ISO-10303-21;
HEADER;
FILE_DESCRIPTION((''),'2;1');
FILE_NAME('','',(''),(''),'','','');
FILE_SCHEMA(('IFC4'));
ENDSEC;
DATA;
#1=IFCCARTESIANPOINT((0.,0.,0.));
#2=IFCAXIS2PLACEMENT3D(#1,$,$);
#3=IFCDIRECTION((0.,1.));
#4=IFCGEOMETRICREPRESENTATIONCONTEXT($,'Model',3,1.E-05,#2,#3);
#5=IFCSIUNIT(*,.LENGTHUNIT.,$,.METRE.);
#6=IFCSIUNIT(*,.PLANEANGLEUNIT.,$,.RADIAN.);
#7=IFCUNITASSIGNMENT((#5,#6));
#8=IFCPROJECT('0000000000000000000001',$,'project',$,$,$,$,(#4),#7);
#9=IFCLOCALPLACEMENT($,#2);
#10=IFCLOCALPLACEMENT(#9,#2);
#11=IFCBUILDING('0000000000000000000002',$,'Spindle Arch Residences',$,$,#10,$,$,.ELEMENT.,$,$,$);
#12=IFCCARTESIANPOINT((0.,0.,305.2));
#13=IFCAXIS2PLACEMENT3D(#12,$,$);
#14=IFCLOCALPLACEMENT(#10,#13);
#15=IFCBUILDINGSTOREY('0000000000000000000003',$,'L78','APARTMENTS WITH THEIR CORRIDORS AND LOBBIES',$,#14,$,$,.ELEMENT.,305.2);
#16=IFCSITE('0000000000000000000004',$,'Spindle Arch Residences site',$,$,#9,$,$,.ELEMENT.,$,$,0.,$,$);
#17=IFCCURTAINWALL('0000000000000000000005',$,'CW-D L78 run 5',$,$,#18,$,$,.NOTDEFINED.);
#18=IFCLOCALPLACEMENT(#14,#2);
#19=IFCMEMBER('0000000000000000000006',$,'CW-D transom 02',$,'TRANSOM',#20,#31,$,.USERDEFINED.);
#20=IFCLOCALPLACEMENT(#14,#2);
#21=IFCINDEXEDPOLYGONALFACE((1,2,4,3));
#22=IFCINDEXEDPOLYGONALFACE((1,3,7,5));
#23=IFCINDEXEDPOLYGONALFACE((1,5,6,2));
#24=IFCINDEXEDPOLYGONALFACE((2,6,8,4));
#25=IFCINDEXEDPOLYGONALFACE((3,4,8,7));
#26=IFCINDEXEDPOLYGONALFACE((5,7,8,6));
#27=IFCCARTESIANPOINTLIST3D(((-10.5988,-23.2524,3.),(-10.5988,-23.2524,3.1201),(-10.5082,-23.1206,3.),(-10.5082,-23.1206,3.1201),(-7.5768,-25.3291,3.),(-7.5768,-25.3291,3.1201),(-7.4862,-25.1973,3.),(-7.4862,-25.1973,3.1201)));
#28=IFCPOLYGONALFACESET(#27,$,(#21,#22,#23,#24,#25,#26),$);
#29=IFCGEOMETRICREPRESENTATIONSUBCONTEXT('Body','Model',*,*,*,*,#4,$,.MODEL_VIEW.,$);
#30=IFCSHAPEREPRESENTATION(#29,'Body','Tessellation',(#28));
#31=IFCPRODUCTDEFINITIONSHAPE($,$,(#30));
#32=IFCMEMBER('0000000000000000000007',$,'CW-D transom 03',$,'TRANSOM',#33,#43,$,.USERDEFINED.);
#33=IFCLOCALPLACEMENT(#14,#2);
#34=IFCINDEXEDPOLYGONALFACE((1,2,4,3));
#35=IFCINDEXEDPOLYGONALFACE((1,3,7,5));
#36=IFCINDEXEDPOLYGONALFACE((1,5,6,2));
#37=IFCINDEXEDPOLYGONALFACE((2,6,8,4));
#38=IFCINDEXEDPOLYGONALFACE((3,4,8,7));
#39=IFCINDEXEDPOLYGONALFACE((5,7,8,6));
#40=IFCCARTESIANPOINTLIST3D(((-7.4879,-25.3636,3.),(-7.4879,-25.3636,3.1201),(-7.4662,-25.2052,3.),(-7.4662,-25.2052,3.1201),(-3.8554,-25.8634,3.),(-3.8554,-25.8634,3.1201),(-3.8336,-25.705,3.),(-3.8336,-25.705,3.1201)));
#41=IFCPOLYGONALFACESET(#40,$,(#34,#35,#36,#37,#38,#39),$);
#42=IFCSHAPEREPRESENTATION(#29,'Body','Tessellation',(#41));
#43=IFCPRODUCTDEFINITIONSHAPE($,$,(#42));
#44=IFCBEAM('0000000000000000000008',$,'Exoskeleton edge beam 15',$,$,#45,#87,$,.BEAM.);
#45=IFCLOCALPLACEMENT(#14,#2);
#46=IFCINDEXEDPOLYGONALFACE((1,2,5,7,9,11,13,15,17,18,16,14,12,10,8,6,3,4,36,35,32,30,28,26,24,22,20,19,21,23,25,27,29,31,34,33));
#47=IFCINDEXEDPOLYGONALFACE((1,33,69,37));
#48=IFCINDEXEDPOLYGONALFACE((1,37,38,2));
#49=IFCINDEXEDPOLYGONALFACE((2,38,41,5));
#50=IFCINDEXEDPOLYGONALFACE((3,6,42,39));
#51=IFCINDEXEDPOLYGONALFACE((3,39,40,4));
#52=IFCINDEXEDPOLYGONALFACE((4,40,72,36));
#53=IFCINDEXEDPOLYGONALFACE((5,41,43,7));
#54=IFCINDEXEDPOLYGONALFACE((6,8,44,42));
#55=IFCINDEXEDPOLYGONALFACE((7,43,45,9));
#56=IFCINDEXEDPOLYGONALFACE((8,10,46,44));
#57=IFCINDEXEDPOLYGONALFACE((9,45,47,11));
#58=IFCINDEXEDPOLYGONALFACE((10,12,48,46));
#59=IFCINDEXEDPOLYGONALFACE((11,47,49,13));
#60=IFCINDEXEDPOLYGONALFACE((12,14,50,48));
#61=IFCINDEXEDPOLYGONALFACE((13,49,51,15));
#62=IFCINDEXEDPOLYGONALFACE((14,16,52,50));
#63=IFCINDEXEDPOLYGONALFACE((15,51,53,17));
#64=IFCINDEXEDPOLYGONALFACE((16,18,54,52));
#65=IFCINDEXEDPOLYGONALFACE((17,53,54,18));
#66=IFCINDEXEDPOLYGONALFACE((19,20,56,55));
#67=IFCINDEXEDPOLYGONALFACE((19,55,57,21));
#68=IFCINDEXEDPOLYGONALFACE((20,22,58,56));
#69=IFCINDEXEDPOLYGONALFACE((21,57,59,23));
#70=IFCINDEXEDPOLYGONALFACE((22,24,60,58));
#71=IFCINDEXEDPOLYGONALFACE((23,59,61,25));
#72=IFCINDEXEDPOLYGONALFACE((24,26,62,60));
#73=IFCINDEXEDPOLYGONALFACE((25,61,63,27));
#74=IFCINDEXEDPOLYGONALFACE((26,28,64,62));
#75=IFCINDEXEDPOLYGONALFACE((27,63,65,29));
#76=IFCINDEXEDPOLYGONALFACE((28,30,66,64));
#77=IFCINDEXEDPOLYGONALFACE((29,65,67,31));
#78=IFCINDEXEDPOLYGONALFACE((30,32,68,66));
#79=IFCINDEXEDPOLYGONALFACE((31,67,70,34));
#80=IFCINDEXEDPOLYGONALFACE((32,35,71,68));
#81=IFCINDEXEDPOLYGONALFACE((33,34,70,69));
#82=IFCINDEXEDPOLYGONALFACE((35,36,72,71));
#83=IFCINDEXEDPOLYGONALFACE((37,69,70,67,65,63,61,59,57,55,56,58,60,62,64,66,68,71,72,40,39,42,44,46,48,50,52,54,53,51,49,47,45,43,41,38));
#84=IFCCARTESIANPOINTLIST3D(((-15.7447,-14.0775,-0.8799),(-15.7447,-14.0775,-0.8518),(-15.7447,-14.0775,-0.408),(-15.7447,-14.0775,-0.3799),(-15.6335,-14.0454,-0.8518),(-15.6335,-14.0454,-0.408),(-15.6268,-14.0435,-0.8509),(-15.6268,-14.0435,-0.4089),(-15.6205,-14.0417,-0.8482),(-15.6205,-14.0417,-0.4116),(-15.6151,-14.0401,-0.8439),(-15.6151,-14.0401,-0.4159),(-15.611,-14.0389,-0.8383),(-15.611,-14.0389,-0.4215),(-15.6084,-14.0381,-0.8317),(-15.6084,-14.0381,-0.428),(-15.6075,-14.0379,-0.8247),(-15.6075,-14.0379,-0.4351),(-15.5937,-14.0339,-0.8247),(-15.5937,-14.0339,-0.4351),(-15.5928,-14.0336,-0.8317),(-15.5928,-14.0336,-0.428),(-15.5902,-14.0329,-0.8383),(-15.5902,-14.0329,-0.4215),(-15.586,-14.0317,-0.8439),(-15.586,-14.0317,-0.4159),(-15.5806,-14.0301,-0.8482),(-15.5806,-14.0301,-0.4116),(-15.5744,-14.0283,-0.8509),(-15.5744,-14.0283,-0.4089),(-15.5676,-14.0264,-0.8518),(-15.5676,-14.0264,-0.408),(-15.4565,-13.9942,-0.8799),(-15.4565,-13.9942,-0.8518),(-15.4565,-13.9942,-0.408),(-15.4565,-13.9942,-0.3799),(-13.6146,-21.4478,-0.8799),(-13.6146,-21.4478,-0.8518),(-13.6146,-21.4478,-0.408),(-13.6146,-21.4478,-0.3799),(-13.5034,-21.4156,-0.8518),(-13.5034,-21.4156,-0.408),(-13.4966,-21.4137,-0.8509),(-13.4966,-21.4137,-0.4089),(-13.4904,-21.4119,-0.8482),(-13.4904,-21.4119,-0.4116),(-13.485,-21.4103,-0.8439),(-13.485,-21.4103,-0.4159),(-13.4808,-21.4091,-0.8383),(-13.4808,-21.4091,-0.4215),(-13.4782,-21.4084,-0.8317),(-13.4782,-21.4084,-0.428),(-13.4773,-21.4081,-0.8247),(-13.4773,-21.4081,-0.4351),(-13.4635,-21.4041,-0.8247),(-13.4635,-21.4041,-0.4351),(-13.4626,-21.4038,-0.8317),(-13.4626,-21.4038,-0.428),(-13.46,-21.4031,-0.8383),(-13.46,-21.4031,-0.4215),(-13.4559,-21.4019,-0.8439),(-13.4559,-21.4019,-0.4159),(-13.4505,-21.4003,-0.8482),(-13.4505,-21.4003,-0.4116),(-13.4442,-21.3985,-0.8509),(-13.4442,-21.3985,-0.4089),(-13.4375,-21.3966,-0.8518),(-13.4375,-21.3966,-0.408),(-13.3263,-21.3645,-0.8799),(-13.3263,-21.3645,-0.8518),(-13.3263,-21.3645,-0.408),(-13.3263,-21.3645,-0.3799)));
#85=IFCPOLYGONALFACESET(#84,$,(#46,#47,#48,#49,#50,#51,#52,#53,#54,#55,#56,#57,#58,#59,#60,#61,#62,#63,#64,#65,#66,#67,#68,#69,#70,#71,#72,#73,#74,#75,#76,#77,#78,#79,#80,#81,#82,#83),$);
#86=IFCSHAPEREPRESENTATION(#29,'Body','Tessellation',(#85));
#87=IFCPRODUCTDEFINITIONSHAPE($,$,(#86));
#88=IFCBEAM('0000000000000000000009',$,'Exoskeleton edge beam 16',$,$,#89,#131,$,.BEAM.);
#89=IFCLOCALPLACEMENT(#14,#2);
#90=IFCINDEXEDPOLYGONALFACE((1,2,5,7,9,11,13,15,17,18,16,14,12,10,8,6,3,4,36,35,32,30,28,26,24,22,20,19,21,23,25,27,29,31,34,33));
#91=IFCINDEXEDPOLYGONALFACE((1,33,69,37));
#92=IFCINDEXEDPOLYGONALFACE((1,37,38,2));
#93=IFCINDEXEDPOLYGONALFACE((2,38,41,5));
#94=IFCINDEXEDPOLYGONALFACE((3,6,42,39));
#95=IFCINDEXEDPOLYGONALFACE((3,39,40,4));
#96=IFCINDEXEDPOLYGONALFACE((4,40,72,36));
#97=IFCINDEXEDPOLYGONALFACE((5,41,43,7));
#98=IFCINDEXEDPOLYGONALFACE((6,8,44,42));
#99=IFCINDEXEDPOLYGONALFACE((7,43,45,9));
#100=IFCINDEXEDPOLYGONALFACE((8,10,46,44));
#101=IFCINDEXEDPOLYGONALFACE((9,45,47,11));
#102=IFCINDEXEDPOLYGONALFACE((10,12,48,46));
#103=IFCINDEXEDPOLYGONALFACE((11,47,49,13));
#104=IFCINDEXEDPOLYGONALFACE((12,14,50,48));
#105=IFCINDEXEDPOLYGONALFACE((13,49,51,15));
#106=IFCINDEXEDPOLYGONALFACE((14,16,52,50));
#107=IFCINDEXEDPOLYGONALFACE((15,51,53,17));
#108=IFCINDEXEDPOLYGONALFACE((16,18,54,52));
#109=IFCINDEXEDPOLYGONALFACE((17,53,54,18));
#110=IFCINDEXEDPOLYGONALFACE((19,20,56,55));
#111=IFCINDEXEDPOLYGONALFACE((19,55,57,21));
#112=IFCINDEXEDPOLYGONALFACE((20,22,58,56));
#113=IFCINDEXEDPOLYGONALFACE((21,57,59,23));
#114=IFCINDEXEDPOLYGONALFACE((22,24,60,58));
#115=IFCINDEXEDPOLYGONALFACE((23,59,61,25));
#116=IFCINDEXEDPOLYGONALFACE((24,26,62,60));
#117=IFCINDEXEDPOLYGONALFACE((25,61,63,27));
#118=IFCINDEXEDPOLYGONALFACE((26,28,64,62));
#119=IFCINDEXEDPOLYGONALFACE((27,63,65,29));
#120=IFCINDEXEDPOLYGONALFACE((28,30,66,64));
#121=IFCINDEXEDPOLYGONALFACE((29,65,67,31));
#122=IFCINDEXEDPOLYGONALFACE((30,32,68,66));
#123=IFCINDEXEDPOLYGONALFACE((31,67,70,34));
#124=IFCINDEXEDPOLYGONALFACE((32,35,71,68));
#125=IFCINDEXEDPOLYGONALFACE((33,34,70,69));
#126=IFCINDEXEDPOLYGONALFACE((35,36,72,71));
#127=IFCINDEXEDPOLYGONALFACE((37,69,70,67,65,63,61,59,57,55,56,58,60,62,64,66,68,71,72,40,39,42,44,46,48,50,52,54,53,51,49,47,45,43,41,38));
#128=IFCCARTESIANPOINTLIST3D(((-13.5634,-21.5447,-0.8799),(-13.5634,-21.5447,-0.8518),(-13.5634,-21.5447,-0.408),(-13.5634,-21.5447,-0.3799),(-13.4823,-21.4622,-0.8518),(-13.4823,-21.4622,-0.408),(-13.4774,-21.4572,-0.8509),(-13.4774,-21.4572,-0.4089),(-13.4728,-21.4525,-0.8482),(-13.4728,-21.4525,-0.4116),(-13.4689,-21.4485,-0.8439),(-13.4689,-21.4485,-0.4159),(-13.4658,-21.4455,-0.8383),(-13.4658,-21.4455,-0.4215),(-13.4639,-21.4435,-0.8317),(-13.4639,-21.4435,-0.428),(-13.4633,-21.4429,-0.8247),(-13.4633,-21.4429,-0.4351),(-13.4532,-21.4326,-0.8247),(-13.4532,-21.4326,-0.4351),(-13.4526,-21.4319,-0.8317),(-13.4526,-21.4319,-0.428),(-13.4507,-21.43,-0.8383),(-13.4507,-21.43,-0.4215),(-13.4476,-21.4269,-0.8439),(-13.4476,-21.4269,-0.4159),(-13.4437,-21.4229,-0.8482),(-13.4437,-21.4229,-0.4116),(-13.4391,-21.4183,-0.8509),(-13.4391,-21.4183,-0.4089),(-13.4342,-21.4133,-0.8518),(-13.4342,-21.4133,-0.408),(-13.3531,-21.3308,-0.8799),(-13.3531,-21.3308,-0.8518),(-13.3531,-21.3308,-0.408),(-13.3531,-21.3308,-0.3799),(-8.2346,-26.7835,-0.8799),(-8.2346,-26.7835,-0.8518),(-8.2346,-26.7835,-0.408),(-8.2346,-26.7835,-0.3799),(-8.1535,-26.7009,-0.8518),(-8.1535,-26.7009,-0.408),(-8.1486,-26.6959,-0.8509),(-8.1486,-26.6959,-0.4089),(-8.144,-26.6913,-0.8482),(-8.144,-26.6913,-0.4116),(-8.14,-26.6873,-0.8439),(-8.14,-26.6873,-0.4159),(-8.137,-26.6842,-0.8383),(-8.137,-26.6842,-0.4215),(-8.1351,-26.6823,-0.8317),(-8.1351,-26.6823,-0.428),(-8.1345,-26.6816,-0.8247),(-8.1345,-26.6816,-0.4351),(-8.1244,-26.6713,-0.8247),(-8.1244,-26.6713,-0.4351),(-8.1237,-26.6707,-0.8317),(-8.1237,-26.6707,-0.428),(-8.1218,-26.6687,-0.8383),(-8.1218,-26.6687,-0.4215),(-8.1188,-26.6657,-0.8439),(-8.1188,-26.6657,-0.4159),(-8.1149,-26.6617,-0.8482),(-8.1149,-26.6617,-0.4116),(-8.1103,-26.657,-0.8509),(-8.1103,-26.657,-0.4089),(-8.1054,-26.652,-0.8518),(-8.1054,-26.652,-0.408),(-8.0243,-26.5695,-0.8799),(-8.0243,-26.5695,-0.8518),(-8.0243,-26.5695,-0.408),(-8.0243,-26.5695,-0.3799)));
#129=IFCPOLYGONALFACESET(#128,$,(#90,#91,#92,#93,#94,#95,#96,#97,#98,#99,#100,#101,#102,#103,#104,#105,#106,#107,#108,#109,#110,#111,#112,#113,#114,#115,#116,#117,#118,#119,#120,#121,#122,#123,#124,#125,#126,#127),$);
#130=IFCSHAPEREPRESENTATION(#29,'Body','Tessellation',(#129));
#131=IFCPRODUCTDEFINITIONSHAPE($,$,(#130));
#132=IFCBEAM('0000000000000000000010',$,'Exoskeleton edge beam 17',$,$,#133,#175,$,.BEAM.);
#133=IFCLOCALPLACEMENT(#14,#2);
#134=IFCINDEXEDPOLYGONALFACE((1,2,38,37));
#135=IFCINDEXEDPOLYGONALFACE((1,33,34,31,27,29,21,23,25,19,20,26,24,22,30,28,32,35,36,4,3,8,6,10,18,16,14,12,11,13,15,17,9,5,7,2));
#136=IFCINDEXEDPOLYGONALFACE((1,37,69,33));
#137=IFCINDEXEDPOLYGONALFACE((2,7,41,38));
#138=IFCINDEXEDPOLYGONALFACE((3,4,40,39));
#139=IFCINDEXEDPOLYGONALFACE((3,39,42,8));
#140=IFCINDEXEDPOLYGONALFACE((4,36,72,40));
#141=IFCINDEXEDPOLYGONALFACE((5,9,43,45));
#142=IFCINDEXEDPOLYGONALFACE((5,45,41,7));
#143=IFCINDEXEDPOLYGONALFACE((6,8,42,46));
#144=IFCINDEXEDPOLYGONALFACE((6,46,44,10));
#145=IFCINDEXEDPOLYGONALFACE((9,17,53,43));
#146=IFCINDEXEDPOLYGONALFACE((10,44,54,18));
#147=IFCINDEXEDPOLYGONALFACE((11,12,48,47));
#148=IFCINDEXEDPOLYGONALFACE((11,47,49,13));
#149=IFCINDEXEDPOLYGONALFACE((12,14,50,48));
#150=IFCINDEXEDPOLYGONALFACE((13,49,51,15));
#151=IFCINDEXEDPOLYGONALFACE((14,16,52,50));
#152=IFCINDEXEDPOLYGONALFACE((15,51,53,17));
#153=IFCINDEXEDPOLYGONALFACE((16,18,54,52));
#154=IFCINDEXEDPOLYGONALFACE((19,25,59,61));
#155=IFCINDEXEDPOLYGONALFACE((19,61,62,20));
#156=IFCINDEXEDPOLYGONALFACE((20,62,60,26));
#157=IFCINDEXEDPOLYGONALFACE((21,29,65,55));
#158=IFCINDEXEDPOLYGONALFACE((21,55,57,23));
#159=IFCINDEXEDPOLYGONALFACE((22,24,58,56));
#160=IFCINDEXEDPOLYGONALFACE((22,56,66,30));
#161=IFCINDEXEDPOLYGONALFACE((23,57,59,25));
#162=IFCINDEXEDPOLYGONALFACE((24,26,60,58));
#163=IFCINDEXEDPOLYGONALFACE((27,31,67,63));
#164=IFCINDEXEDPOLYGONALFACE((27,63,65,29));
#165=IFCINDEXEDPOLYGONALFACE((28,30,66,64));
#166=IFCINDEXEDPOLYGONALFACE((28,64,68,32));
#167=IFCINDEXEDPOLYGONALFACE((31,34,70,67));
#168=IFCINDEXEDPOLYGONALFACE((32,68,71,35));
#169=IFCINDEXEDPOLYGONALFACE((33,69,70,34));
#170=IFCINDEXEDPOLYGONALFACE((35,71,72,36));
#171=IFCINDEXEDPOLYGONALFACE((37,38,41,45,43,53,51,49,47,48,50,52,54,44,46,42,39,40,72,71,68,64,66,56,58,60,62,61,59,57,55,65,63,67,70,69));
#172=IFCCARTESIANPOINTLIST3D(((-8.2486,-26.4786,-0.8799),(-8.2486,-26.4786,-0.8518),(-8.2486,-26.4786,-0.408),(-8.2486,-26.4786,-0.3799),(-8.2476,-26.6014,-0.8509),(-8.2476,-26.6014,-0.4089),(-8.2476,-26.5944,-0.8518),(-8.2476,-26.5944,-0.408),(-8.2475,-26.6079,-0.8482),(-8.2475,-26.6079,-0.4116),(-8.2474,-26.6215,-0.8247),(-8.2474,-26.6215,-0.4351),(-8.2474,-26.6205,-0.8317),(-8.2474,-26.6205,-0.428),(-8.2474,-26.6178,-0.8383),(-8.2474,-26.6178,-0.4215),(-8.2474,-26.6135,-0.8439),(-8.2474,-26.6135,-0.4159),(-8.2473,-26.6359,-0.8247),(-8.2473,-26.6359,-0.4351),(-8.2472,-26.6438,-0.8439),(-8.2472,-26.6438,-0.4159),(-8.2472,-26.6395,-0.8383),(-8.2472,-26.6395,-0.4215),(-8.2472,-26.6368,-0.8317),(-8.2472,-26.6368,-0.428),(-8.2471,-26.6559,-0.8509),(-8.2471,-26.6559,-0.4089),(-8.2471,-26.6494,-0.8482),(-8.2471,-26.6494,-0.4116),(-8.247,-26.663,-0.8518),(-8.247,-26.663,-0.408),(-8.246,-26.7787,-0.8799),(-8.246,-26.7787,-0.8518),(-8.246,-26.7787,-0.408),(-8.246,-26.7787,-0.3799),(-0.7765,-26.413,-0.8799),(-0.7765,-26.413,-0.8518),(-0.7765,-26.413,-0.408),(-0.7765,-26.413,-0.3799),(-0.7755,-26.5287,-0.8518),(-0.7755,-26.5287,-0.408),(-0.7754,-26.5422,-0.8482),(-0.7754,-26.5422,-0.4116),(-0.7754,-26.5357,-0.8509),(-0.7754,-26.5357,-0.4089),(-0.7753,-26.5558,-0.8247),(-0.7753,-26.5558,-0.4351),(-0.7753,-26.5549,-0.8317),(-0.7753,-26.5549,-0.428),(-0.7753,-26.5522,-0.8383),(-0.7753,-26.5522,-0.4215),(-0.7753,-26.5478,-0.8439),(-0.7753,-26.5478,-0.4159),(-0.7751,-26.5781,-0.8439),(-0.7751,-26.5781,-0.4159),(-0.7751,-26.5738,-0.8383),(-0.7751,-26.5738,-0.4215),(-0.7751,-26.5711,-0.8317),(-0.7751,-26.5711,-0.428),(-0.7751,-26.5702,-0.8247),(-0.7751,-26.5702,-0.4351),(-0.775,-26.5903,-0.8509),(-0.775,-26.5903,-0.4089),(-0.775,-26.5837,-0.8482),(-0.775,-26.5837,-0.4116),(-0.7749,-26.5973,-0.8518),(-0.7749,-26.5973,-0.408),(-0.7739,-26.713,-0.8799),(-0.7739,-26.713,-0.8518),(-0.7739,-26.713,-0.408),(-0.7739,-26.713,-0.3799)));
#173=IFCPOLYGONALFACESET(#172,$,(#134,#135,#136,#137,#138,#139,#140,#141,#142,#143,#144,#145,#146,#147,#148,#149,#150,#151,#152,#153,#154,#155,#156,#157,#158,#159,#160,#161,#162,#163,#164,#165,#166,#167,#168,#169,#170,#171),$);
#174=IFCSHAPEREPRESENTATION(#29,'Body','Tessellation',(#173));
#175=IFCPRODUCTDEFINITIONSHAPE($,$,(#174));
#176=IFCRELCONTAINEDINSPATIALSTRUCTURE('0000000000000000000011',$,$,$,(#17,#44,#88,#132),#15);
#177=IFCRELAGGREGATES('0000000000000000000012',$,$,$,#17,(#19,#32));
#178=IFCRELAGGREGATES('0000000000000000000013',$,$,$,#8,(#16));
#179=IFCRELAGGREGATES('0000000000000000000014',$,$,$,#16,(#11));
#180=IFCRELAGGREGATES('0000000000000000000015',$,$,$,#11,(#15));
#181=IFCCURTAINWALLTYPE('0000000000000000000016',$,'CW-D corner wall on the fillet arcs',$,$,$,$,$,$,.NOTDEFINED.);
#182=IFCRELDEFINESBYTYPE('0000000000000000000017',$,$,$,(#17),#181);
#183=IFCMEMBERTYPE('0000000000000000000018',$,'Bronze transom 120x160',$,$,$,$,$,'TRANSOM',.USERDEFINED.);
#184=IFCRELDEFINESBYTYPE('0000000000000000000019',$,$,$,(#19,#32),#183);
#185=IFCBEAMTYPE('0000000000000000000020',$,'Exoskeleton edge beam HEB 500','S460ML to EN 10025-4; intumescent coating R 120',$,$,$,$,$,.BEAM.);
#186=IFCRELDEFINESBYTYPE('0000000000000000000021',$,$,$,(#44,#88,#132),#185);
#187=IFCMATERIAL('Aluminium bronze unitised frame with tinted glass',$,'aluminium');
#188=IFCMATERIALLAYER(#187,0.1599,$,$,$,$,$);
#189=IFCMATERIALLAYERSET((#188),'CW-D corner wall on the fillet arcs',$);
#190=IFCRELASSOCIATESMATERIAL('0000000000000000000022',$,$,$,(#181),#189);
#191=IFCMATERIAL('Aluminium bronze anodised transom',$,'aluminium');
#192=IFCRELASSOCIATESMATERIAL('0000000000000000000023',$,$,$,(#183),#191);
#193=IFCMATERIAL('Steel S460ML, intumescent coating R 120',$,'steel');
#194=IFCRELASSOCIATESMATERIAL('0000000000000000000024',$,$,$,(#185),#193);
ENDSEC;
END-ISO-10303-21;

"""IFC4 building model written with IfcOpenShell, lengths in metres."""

from ifc_helpers import new_model, si_unit, direction, frame, origin, origin_2d, place, context, subcontext, project, spatial, rectangle, i_section, extrude, material, layer, layer_set, material_profile, profile_set, type_object, element, aggregate, save


model = new_model("IFC4")

# Units and contexts
model_context = context("Model", 3, precision=1e-05, world=origin(), true_north=direction((0.0, 1.0)))
body_context = subcontext(model_context, "Body", "Model", "MODEL_VIEW")
ifc_project = project(units=[si_unit("LENGTHUNIT", "METRE"), si_unit("PLANEANGLEUNIT", "RADIAN")], contexts=[model_context])

# Site, building, storey
site_placement = place(None, origin())
site = spatial("IfcSite", under=ifc_project, at=site_placement, Name="Spindle Arch Residences site", CompositionType="ELEMENT", RefElevation=0.0)
building_placement = place(site_placement, origin())
building = spatial("IfcBuilding", under=site, at=building_placement, Name="Spindle Arch Residences", CompositionType="ELEMENT")
storey_placement = place(building_placement, frame((0.0, 0.0, 305.2)))
storey = spatial("IfcBuildingStorey", under=building, at=storey_placement, Name="L78", Description="APARTMENTS WITH THEIR CORRIDORS AND LOBBIES", CompositionType="ELEMENT", Elevation=305.2)

# Curtain wall, members
ifc_material_1 = material(Name="Aluminium bronze unitised frame with tinted glass", Category="aluminium")
ifc_layer_1 = layer(ifc_material_1, 0.1599)
ifc_layer_set_1 = layer_set([ifc_layer_1], Name="CW-D corner wall on the fillet arcs")
curtain_wall_type = type_object("IfcCurtainWallType", Name="CW-D corner wall on the fillet arcs", PredefinedType="NOTDEFINED", material=ifc_layer_set_1)
curtain_wall_placement = place(storey_placement, origin())
curtain_wall = element("IfcCurtainWall", 1, at=curtain_wall_placement, inside=storey, type_object=curtain_wall_type, Name="CW-D L78 run 5", PredefinedType="NOTDEFINED")
ifc_material_2 = material(Name="Aluminium bronze anodised transom", Category="aluminium")
ifc_material_profile_1 = material_profile(ifc_material_2, rectangle(XDim=0.1599, YDim=0.1201, at=origin_2d()), Name="TR 120x160")
ifc_profile_set_1 = profile_set([ifc_material_profile_1], Name="Aluminium bronze anodised transom")
member_type_1 = type_object("IfcMemberType", Name="Bronze transom 120x160", ElementType="TRANSOM", PredefinedType="USERDEFINED", material=ifc_profile_set_1)
member_1_placement = place(storey_placement, frame((-10.5535, -23.1865, 3.0601), z_axis=(0.824162, -0.566354, 0.0), x_axis=(0.566354, 0.824162, 0.0)))
member_1 = element("IfcMember", 2, at=member_1_placement, type_object=member_type_1, Name="CW-D transom 02", ObjectType="TRANSOM", PredefinedType="USERDEFINED", context=body_context, shape_type="SweptSolid", body=[
    extrude(rectangle(XDim=0.1599, YDim=0.1201, at=origin_2d()), origin(), (0.0, 0.0, 1.0), 3.6667),
])
member_2_placement = place(storey_placement, frame((-7.4771, -25.2844, 3.0601), z_axis=(0.990669, -0.136293, 0.0), x_axis=(0.136293, 0.990669, 0.0)))
member_2 = element("IfcMember", 3, at=member_2_placement, type_object=member_type_1, Name="CW-D transom 03", ObjectType="TRANSOM", PredefinedType="USERDEFINED", context=body_context, shape_type="SweptSolid", body=[
    extrude(rectangle(XDim=0.1599, YDim=0.1201, at=origin_2d()), origin(), (0.0, 0.0, 1.0), 3.6667),
])

# Beams
ifc_material_3 = material(Name="Steel S460ML, intumescent coating R 120", Category="steel")
ifc_material_profile_2 = material_profile(ifc_material_3, i_section(OverallWidth=0.3, OverallDepth=0.5, WebThickness=0.0144, FlangeThickness=0.0281, FilletRadius=0.0271, at=origin_2d()), Name="HEB 500")
ifc_profile_set_2 = profile_set([ifc_material_profile_2], Name="Steel S460ML, intumescent coating R 120")
beam_type_1 = type_object("IfcBeamType", Name="Exoskeleton edge beam HEB 500", Description="S460ML to EN 10025-4; intumescent coating R 120", PredefinedType="BEAM", material=ifc_profile_set_2)
beam_1_placement = place(storey_placement, frame((-15.6006, -14.0359, -0.6299), z_axis=(0.277658, -0.96068, 0.0), x_axis=(0.96068, 0.277658, 0.0)))
element("IfcBeam", 4, at=beam_1_placement, inside=storey, type_object=beam_type_1, Name="Exoskeleton edge beam 15", PredefinedType="BEAM", context=body_context, shape_type="SweptSolid", body=[
    extrude(i_section(OverallWidth=0.3, OverallDepth=0.5, WebThickness=0.0144, FlangeThickness=0.0281, FilletRadius=0.0271, at=origin_2d()), origin(), (0.0, 0.0, 1.0), 7.6719),
])
beam_2_placement = place(storey_placement, frame((-13.4583, -21.4377, -0.6299), z_axis=(0.713109, -0.701053, 0.0), x_axis=(0.701053, 0.713109, 0.0)))
element("IfcBeam", 5, at=beam_2_placement, inside=storey, type_object=beam_type_1, Name="Exoskeleton edge beam 16", PredefinedType="BEAM", context=body_context, shape_type="SweptSolid", body=[
    extrude(i_section(OverallWidth=0.3, OverallDepth=0.5, WebThickness=0.0144, FlangeThickness=0.0281, FilletRadius=0.0271, at=origin_2d()), origin(), (0.0, 0.0, 1.0), 7.4727),
])
beam_3_placement = place(storey_placement, frame((-8.2473, -26.6287, -0.6299), z_axis=(0.999961, 0.008789, 0.0), x_axis=(-0.008789, 0.999961, 0.0)))
element("IfcBeam", 6, at=beam_3_placement, inside=storey, type_object=beam_type_1, Name="Exoskeleton edge beam 17", PredefinedType="BEAM", context=body_context, shape_type="SweptSolid", body=[
    extrude(i_section(OverallWidth=0.3, OverallDepth=0.5, WebThickness=0.0144, FlangeThickness=0.0281, FilletRadius=0.0271, at=origin_2d()), origin(), (0.0, 0.0, 1.0), 7.4724),
])

aggregate(curtain_wall, [member_1, member_2])

save(model, "model.ifc")
